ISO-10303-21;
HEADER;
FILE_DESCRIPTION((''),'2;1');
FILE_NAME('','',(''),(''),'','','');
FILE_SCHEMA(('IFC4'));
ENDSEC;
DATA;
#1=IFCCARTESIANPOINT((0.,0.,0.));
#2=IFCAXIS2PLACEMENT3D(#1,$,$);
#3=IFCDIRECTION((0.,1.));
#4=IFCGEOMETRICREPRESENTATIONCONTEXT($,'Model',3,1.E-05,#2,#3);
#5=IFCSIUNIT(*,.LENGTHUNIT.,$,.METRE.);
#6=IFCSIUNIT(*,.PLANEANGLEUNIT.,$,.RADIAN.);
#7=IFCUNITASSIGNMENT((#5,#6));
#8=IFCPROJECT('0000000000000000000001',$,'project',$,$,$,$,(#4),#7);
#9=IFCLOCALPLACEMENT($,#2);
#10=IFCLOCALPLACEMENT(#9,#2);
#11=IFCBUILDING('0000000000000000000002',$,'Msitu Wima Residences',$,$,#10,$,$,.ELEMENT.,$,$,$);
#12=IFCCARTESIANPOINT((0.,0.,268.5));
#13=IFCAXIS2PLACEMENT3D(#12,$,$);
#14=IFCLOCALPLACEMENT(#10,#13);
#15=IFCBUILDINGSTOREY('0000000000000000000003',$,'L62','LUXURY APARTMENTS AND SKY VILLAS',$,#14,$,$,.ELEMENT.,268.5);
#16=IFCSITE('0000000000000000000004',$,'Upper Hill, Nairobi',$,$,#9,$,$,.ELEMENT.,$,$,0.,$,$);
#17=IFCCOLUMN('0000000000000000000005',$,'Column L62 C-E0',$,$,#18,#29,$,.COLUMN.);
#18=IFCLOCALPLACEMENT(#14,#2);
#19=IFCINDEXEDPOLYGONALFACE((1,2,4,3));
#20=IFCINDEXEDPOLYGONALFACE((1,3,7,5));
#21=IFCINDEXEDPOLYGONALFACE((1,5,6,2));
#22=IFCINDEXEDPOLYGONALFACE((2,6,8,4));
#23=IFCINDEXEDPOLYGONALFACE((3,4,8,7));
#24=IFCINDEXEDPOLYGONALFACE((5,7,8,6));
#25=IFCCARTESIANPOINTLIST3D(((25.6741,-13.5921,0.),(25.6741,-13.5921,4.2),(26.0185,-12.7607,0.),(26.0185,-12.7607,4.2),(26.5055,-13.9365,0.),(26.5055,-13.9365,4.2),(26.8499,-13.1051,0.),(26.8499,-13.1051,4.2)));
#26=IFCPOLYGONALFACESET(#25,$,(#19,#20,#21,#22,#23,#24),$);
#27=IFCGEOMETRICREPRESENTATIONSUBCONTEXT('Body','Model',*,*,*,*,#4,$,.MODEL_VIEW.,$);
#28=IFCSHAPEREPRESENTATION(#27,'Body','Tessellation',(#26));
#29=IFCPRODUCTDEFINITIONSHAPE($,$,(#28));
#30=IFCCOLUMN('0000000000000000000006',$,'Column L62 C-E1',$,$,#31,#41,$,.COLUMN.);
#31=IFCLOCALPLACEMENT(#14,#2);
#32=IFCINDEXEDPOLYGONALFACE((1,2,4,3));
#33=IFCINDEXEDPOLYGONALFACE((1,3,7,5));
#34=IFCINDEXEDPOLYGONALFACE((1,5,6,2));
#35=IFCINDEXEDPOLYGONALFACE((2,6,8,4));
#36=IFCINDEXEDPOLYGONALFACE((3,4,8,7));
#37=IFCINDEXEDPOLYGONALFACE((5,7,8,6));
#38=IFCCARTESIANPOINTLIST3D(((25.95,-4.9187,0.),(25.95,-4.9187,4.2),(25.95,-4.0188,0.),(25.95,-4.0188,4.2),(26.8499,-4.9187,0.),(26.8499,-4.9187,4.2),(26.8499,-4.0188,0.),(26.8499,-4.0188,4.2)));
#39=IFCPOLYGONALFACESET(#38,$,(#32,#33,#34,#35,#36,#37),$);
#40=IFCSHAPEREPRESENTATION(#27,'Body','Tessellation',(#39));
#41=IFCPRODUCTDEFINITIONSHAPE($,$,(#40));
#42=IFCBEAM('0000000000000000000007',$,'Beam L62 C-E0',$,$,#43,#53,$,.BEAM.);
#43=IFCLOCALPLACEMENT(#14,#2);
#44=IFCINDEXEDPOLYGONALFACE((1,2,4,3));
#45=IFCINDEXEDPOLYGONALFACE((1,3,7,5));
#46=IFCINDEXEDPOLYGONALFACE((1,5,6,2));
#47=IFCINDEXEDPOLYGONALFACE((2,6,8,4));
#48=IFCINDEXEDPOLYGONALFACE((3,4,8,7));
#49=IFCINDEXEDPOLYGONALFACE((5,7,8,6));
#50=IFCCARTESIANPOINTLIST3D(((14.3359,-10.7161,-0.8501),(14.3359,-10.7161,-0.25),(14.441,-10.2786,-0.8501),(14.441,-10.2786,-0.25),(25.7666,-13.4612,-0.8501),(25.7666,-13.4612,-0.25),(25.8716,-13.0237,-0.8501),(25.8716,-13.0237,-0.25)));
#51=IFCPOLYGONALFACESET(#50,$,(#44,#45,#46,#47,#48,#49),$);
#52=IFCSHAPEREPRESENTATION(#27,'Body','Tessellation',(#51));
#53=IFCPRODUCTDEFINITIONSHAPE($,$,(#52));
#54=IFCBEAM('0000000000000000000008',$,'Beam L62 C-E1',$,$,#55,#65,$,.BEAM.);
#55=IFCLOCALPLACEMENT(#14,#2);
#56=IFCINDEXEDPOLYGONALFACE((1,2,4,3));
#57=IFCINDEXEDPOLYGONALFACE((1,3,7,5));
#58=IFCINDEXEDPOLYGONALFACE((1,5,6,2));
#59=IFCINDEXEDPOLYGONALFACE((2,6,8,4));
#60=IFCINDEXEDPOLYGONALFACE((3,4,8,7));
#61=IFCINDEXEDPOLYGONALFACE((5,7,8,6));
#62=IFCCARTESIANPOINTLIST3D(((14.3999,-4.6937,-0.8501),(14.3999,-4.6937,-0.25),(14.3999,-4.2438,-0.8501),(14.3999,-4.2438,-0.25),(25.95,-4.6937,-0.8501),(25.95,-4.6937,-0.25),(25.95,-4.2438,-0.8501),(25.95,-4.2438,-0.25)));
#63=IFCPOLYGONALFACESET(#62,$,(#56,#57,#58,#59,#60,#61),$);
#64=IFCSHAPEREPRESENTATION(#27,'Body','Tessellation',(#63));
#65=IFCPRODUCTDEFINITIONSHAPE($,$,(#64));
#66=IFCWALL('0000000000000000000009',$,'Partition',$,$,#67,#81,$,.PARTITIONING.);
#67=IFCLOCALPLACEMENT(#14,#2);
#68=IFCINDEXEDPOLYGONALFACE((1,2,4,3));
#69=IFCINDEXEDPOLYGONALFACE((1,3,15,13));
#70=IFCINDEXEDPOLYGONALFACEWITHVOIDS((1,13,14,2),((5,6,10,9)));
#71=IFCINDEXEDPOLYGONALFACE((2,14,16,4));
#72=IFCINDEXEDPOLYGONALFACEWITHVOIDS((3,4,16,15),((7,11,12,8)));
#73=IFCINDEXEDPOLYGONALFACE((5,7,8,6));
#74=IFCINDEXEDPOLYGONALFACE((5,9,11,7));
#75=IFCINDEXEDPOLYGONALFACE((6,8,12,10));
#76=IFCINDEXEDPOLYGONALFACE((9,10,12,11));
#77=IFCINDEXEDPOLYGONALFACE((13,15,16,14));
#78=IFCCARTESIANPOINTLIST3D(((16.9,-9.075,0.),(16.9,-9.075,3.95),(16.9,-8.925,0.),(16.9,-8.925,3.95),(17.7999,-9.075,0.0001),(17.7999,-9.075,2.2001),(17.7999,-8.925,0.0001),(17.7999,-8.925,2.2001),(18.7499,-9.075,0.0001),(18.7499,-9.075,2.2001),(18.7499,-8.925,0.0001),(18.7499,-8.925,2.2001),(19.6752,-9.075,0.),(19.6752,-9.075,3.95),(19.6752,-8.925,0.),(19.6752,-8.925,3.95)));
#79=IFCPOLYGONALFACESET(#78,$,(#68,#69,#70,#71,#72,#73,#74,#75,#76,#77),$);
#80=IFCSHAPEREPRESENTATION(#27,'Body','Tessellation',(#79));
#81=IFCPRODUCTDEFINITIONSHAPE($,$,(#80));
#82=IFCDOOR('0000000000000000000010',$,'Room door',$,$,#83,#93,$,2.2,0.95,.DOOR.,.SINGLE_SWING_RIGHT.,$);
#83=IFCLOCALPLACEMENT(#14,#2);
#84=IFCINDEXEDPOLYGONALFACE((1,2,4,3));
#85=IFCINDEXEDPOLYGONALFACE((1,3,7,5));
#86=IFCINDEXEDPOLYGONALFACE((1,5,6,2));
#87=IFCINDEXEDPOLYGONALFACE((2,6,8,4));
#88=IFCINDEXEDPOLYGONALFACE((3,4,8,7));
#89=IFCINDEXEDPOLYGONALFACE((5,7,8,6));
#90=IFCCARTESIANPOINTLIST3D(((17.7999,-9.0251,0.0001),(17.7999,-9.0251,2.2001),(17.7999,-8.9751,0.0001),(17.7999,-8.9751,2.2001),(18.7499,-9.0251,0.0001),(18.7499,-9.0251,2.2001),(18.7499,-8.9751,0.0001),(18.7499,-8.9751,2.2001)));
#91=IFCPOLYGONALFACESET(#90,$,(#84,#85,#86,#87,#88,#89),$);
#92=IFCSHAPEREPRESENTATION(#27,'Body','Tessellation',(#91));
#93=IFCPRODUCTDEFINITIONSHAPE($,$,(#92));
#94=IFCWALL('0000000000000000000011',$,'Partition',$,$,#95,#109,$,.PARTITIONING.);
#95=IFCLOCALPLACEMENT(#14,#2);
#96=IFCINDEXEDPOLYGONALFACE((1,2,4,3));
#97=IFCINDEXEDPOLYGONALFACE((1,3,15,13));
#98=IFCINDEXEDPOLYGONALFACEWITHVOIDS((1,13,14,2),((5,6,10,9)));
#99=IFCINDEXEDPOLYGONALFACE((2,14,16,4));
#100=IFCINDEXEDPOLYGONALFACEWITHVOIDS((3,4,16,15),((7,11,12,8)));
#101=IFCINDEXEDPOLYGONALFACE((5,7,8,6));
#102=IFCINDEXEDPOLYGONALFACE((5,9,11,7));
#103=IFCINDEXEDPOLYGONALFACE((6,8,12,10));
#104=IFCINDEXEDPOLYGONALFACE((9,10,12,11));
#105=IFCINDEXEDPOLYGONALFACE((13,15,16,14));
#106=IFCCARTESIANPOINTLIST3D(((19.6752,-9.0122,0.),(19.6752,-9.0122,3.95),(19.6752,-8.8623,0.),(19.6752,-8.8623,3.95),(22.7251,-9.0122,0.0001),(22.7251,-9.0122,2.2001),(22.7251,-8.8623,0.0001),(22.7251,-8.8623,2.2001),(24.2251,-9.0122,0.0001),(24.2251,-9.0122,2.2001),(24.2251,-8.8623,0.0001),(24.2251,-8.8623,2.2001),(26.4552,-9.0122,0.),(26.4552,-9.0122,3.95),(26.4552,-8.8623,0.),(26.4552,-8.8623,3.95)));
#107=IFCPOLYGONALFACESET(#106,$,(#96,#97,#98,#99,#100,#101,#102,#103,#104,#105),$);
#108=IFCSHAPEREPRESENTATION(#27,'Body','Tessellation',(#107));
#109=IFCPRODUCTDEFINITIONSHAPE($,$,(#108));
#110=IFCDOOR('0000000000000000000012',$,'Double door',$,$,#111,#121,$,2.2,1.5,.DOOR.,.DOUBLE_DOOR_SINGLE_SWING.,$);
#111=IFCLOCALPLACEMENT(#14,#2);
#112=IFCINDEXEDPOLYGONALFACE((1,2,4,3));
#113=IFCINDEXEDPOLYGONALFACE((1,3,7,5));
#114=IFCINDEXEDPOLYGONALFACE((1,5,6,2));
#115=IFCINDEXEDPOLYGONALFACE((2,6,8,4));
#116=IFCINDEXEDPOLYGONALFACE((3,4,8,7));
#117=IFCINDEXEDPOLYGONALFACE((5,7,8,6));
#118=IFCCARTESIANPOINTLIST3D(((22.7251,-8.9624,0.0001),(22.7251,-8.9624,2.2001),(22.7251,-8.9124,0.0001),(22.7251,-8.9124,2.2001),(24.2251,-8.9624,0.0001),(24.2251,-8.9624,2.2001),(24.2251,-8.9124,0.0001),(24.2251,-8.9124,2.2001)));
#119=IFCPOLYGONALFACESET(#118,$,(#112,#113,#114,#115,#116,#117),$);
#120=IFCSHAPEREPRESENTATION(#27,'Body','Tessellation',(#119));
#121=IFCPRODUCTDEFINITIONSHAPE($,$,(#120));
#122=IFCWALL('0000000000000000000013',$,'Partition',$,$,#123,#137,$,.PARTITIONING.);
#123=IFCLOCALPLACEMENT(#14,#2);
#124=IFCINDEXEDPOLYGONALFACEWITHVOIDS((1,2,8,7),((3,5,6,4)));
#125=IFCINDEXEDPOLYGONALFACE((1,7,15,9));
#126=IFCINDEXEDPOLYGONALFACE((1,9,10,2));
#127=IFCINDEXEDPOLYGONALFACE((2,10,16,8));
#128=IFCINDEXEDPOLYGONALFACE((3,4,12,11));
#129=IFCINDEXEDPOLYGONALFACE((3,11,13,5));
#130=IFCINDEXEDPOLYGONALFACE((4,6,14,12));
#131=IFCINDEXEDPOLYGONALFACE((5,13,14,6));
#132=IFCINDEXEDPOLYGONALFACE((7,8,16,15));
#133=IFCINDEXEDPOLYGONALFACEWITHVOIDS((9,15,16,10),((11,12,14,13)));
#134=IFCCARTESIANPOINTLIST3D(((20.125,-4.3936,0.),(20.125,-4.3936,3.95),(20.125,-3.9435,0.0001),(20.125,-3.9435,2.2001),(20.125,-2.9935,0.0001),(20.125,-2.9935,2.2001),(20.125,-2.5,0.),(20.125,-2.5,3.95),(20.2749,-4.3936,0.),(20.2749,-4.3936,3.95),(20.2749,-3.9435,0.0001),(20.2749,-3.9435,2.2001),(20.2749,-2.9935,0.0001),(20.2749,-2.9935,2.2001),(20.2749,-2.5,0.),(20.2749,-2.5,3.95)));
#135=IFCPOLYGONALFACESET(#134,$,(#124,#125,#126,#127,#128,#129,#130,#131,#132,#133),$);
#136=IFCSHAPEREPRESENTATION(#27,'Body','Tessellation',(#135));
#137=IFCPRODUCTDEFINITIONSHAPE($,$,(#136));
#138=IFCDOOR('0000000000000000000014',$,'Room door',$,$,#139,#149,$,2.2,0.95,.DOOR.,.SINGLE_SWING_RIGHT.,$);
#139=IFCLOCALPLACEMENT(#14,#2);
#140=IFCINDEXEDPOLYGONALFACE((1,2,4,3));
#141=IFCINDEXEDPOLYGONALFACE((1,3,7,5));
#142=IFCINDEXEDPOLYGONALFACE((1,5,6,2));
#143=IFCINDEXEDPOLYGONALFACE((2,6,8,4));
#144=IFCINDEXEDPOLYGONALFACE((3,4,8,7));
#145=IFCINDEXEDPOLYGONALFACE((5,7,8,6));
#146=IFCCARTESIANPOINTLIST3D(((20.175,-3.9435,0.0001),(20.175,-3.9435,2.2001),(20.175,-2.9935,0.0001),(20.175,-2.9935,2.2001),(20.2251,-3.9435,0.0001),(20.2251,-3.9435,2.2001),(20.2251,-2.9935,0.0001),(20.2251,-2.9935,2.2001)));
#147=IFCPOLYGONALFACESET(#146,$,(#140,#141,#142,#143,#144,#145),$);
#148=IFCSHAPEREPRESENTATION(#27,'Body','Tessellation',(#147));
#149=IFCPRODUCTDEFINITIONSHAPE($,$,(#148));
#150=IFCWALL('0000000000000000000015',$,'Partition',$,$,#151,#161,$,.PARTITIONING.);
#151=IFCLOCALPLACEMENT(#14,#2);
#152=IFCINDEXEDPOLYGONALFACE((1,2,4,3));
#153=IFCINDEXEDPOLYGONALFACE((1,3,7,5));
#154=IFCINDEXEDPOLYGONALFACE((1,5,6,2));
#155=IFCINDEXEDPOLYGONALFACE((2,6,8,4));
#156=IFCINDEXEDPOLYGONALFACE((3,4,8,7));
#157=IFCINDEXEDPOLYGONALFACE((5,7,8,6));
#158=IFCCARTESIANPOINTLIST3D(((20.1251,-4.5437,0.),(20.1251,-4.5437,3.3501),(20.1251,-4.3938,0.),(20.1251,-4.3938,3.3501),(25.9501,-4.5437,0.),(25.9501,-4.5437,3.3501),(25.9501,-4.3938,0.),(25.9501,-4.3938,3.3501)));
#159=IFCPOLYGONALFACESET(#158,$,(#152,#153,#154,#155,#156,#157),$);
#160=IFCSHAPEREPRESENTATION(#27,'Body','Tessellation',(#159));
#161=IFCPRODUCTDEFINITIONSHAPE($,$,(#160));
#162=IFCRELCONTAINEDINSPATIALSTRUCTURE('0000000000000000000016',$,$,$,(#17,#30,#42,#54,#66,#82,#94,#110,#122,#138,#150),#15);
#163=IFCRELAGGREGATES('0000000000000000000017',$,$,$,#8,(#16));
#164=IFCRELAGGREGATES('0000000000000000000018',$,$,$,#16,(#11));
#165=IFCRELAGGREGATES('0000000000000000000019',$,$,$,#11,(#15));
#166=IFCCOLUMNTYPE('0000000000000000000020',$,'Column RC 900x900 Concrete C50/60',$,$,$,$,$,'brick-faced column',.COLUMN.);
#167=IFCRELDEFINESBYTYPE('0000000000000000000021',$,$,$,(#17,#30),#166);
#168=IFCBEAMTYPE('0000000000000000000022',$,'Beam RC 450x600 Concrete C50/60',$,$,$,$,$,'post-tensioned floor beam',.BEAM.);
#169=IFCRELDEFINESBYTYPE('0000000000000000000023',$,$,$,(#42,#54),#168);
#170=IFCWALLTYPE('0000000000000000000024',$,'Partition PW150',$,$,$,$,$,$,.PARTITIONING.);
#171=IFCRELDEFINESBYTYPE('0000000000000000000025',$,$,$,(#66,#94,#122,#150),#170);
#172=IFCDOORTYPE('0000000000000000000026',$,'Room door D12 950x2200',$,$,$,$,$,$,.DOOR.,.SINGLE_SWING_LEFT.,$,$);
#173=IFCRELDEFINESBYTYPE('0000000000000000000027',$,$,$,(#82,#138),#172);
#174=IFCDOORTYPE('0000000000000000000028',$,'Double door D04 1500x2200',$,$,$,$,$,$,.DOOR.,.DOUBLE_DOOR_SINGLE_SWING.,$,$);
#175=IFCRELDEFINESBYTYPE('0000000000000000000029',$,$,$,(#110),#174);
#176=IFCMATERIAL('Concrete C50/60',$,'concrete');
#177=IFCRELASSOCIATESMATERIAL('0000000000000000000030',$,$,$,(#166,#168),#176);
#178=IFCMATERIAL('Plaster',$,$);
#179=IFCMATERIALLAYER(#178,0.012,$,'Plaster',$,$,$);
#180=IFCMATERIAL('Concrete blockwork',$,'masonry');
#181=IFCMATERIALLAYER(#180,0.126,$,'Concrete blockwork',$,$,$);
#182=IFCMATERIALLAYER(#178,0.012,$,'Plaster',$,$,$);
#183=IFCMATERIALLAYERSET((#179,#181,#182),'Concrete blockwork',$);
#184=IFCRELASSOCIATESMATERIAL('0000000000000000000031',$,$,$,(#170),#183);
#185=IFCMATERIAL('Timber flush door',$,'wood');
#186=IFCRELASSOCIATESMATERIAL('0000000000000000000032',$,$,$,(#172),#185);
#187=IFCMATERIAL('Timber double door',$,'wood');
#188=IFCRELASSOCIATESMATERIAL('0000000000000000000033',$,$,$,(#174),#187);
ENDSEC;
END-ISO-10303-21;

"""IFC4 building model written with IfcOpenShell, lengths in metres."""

from ifc_helpers import new_model, si_unit, direction, frame, frame_2d, origin, origin_2d, place, context, subcontext, project, spatial, rectangle, extrude, material, layer, layer_set, material_profile, profile_set, type_object, element, fill, save


model = new_model("IFC4")

# Units and contexts
model_context = context("Model", 3, precision=1e-05, world=origin(), true_north=direction((0.0, 1.0)))
body_context = subcontext(model_context, "Body", "Model", "MODEL_VIEW")
ifc_project = project(units=[si_unit("LENGTHUNIT", "METRE"), si_unit("PLANEANGLEUNIT", "RADIAN")], contexts=[model_context])

# Site, building, storey
site_placement = place(None, origin())
site = spatial("IfcSite", under=ifc_project, at=site_placement, Name="Upper Hill, Nairobi", CompositionType="ELEMENT", RefElevation=0.0)
building_placement = place(site_placement, origin())
building = spatial("IfcBuilding", under=site, at=building_placement, Name="Msitu Wima Residences", CompositionType="ELEMENT")
storey_placement = place(building_placement, frame((0.0, 0.0, 268.5)))
storey = spatial("IfcBuildingStorey", under=building, at=storey_placement, Name="L62", Description="LUXURY APARTMENTS AND SKY VILLAS", CompositionType="ELEMENT", Elevation=268.5)

# Columns
ifc_material_1 = material(Name="Concrete C50/60", Category="concrete")
ifc_material_profile_1 = material_profile(ifc_material_1, rectangle(XDim=0.8999, YDim=0.8999, at=origin_2d()), Name="RC 900x900")
ifc_profile_set_1 = profile_set([ifc_material_profile_1], Name="Concrete C50/60")
column_type = type_object("IfcColumnType", Name="Column RC 900x900 Concrete C50/60", ElementType="brick-faced column", PredefinedType="COLUMN", material=ifc_profile_set_1)
for number, where, z_axis, x_axis, name in (
    (1, (26.262, -13.3486, 0.0), (0.0, 0.0, 1.0), (0.382683, 0.92388, 0.0), "Column L62 C-E0"),
    (2, (26.3999, -4.4688, 0.0), (0.0, 0.0, 1.0), (0.0, 1.0, 0.0), "Column L62 C-E1"),
):
    element("IfcColumn", number, at=place(storey_placement, frame(where, z_axis=z_axis, x_axis=x_axis)), inside=storey, type_object=column_type, Name=name, PredefinedType="COLUMN", context=body_context, shape_type="SweptSolid", body=[
        extrude(rectangle(XDim=0.8999, YDim=0.8999, at=origin_2d()), origin(), (0.0, 0.0, 1.0), 4.2),
    ])

# Beams
ifc_material_profile_2 = material_profile(ifc_material_1, rectangle(XDim=0.45, YDim=0.6001, at=origin_2d()), Name="RC 450x600")
ifc_profile_set_2 = profile_set([ifc_material_profile_2], Name="Concrete C50/60")
beam_type = type_object("IfcBeamType", Name="Beam RC 450x600 Concrete C50/60", ElementType="post-tensioned floor beam", PredefinedType="BEAM", material=ifc_profile_set_2)
beam_1_placement = place(storey_placement, frame((25.8191, -13.2424, -0.55), z_axis=(-0.972353, 0.233514, 0.0), x_axis=(-0.233514, -0.972353, 0.0)))
element("IfcBeam", 3, at=beam_1_placement, inside=storey, type_object=beam_type, Name="Beam L62 C-E0", PredefinedType="BEAM", context=body_context, shape_type="SweptSolid", body=[
    extrude(rectangle(XDim=0.45, YDim=0.6001, at=origin_2d()), origin(), (0.0, 0.0, 1.0), 11.7556),
])
beam_2_placement = place(storey_placement, frame((25.95, -4.4688, -0.55), z_axis=(-1.0, 0.0, 0.0), x_axis=(0.0, -1.0, 0.0)))
element("IfcBeam", 4, at=beam_2_placement, inside=storey, type_object=beam_type, Name="Beam L62 C-E1", PredefinedType="BEAM", context=body_context, shape_type="SweptSolid", body=[
    extrude(rectangle(XDim=0.45, YDim=0.6001, at=origin_2d()), origin(), (0.0, 0.0, 1.0), 11.55),
])

# Walls, openings, doors
ifc_material_2 = material(Name="Plaster")
ifc_layer_1 = layer(ifc_material_2, 0.012, Name="Plaster")
ifc_material_3 = material(Name="Concrete blockwork", Category="masonry")
ifc_layer_2 = layer(ifc_material_3, 0.126, Name="Concrete blockwork")
ifc_layer_3 = layer(ifc_material_2, 0.012, Name="Plaster")
ifc_layer_set_1 = layer_set([ifc_layer_1, ifc_layer_2, ifc_layer_3], Name="Concrete blockwork")
wall_type_1 = type_object("IfcWallType", Name="Partition PW150", PredefinedType="PARTITIONING", material=ifc_layer_set_1)
wall_1_placement = place(storey_placement, frame((16.8999, -9.0, 0.0), z_axis=(0.0, 0.0, 1.0), x_axis=(1.0, 0.0, 0.0)))
wall_1 = element("IfcWall", 5, at=wall_1_placement, inside=storey, type_object=wall_type_1, Name="Partition", PredefinedType="PARTITIONING", context=body_context, shape_type="SweptSolid", body=[
    extrude(rectangle(XDim=2.7751, YDim=0.1499, at=frame_2d((1.3877, 0.0))), origin(), (0.0, 0.0, 1.0), 3.95),
])
opening_1_placement = place(wall_1_placement, frame((0.8999, 0.0, 0.0)))
opening_1 = element("IfcOpeningElement", 6, at=opening_1_placement, cuts=wall_1, PredefinedType="OPENING", context=body_context, shape_type="SweptSolid", body=[
    extrude(rectangle(XDim=0.95, YDim=2.2, at=frame_2d((0.4751, 1.1001))), frame((0.0, 0.085, 0.0), z_axis=(0.0, -1.0, 0.0), x_axis=(1.0, 0.0, 0.0)), (0.0, 0.0, 1.0), 0.1699),
])
ifc_material_4 = material(Name="Timber flush door", Category="wood")
door_type_1 = type_object("IfcDoorType", Name="Room door D12 950x2200", OperationType="SINGLE_SWING_LEFT", PredefinedType="DOOR", material=ifc_material_4)
door_1_placement = place(opening_1_placement, origin())
door_1 = element("IfcDoor", 7, at=door_1_placement, inside=storey, type_object=door_type_1, Name="Room door", OperationType="SINGLE_SWING_RIGHT", OverallHeight=2.2, OverallWidth=0.95, PredefinedType="DOOR", context=body_context, shape_type="SweptSolid", body=[
    extrude(rectangle(XDim=0.95, YDim=2.2, at=frame_2d((0.4751, 1.1001))), frame((0.0, 0.0249, 0.0), z_axis=(0.0, -1.0, 0.0), x_axis=(1.0, 0.0, 0.0)), (0.0, 0.0, 1.0), 0.05),
])
fill(opening_1, door_1)
wall_2_placement = place(storey_placement, frame((19.675, -8.9373, 0.0), z_axis=(0.0, 0.0, 1.0), x_axis=(1.0, 0.0, 0.0)))
wall_2 = element("IfcWall", 8, at=wall_2_placement, inside=storey, type_object=wall_type_1, Name="Partition", PredefinedType="PARTITIONING", context=body_context, shape_type="SweptSolid", body=[
    extrude(rectangle(XDim=6.78, YDim=0.1499, at=frame_2d((3.3901, 0.0))), origin(), (0.0, 0.0, 1.0), 3.95),
])
opening_2_placement = place(wall_2_placement, frame((3.05, 0.0, 0.0)))
opening_2 = element("IfcOpeningElement", 9, at=opening_2_placement, cuts=wall_2, PredefinedType="OPENING", context=body_context, shape_type="SweptSolid", body=[
    extrude(rectangle(XDim=1.5, YDim=2.2, at=frame_2d((0.75, 1.1001))), frame((0.0, 0.085, 0.0), z_axis=(0.0, -1.0, 0.0), x_axis=(1.0, 0.0, 0.0)), (0.0, 0.0, 1.0), 0.1699),
])
ifc_material_5 = material(Name="Timber double door", Category="wood")
door_type_2 = type_object("IfcDoorType", Name="Double door D04 1500x2200", OperationType="DOUBLE_DOOR_SINGLE_SWING", PredefinedType="DOOR", material=ifc_material_5)
door_2_placement = place(opening_2_placement, origin())
door_2 = element("IfcDoor", 10, at=door_2_placement, inside=storey, type_object=door_type_2, Name="Double door", OperationType="DOUBLE_DOOR_SINGLE_SWING", OverallHeight=2.2, OverallWidth=1.5, PredefinedType="DOOR", context=body_context, shape_type="SweptSolid", body=[
    extrude(rectangle(XDim=1.5, YDim=2.2, at=frame_2d((0.75, 1.1001))), frame((0.0, 0.0249, 0.0), z_axis=(0.0, -1.0, 0.0), x_axis=(1.0, 0.0, 0.0)), (0.0, 0.0, 1.0), 0.05),
])
fill(opening_2, door_2)
wall_3_placement = place(storey_placement, frame((20.2, -4.3936, 0.0), z_axis=(0.0, 0.0, 1.0), x_axis=(0.0, 1.0, 0.0)))
wall_3 = element("IfcWall", 11, at=wall_3_placement, inside=storey, type_object=wall_type_1, Name="Partition", PredefinedType="PARTITIONING", context=body_context, shape_type="SweptSolid", body=[
    extrude(rectangle(XDim=1.8936, YDim=0.1499, at=frame_2d((0.9468, 0.0))), origin(), (0.0, 0.0, 1.0), 3.95),
])
opening_3_placement = place(wall_3_placement, frame((0.45, 0.0, 0.0)))
opening_3 = element("IfcOpeningElement", 12, at=opening_3_placement, cuts=wall_3, PredefinedType="OPENING", context=body_context, shape_type="SweptSolid", body=[
    extrude(rectangle(XDim=0.95, YDim=2.2, at=frame_2d((0.4751, 1.1001))), frame((0.0, 0.085, 0.0), z_axis=(0.0, -1.0, 0.0), x_axis=(1.0, 0.0, 0.0)), (0.0, 0.0, 1.0), 0.1699),
])
door_3_placement = place(opening_3_placement, origin())
door_3 = element("IfcDoor", 13, at=door_3_placement, inside=storey, type_object=door_type_1, Name="Room door", OperationType="SINGLE_SWING_RIGHT", OverallHeight=2.2, OverallWidth=0.95, PredefinedType="DOOR", context=body_context, shape_type="SweptSolid", body=[
    extrude(rectangle(XDim=0.95, YDim=2.2, at=frame_2d((0.4751, 1.1001))), frame((0.0, 0.0249, 0.0), z_axis=(0.0, -1.0, 0.0), x_axis=(1.0, 0.0, 0.0)), (0.0, 0.0, 1.0), 0.05),
])
fill(opening_3, door_3)

# Wall
wall_4_placement = place(storey_placement, frame((20.125, -4.4688, 0.0), z_axis=(0.0, 0.0, 1.0), x_axis=(1.0, 0.0, 0.0)))
element("IfcWall", 14, at=wall_4_placement, inside=storey, type_object=wall_type_1, Name="Partition", PredefinedType="PARTITIONING", context=body_context, shape_type="SweptSolid", body=[
    extrude(rectangle(XDim=5.825, YDim=0.1499, at=frame_2d((2.9126, 0.0))), origin(), (0.0, 0.0, 1.0), 3.3501),
])

save(model, "model.ifc")
